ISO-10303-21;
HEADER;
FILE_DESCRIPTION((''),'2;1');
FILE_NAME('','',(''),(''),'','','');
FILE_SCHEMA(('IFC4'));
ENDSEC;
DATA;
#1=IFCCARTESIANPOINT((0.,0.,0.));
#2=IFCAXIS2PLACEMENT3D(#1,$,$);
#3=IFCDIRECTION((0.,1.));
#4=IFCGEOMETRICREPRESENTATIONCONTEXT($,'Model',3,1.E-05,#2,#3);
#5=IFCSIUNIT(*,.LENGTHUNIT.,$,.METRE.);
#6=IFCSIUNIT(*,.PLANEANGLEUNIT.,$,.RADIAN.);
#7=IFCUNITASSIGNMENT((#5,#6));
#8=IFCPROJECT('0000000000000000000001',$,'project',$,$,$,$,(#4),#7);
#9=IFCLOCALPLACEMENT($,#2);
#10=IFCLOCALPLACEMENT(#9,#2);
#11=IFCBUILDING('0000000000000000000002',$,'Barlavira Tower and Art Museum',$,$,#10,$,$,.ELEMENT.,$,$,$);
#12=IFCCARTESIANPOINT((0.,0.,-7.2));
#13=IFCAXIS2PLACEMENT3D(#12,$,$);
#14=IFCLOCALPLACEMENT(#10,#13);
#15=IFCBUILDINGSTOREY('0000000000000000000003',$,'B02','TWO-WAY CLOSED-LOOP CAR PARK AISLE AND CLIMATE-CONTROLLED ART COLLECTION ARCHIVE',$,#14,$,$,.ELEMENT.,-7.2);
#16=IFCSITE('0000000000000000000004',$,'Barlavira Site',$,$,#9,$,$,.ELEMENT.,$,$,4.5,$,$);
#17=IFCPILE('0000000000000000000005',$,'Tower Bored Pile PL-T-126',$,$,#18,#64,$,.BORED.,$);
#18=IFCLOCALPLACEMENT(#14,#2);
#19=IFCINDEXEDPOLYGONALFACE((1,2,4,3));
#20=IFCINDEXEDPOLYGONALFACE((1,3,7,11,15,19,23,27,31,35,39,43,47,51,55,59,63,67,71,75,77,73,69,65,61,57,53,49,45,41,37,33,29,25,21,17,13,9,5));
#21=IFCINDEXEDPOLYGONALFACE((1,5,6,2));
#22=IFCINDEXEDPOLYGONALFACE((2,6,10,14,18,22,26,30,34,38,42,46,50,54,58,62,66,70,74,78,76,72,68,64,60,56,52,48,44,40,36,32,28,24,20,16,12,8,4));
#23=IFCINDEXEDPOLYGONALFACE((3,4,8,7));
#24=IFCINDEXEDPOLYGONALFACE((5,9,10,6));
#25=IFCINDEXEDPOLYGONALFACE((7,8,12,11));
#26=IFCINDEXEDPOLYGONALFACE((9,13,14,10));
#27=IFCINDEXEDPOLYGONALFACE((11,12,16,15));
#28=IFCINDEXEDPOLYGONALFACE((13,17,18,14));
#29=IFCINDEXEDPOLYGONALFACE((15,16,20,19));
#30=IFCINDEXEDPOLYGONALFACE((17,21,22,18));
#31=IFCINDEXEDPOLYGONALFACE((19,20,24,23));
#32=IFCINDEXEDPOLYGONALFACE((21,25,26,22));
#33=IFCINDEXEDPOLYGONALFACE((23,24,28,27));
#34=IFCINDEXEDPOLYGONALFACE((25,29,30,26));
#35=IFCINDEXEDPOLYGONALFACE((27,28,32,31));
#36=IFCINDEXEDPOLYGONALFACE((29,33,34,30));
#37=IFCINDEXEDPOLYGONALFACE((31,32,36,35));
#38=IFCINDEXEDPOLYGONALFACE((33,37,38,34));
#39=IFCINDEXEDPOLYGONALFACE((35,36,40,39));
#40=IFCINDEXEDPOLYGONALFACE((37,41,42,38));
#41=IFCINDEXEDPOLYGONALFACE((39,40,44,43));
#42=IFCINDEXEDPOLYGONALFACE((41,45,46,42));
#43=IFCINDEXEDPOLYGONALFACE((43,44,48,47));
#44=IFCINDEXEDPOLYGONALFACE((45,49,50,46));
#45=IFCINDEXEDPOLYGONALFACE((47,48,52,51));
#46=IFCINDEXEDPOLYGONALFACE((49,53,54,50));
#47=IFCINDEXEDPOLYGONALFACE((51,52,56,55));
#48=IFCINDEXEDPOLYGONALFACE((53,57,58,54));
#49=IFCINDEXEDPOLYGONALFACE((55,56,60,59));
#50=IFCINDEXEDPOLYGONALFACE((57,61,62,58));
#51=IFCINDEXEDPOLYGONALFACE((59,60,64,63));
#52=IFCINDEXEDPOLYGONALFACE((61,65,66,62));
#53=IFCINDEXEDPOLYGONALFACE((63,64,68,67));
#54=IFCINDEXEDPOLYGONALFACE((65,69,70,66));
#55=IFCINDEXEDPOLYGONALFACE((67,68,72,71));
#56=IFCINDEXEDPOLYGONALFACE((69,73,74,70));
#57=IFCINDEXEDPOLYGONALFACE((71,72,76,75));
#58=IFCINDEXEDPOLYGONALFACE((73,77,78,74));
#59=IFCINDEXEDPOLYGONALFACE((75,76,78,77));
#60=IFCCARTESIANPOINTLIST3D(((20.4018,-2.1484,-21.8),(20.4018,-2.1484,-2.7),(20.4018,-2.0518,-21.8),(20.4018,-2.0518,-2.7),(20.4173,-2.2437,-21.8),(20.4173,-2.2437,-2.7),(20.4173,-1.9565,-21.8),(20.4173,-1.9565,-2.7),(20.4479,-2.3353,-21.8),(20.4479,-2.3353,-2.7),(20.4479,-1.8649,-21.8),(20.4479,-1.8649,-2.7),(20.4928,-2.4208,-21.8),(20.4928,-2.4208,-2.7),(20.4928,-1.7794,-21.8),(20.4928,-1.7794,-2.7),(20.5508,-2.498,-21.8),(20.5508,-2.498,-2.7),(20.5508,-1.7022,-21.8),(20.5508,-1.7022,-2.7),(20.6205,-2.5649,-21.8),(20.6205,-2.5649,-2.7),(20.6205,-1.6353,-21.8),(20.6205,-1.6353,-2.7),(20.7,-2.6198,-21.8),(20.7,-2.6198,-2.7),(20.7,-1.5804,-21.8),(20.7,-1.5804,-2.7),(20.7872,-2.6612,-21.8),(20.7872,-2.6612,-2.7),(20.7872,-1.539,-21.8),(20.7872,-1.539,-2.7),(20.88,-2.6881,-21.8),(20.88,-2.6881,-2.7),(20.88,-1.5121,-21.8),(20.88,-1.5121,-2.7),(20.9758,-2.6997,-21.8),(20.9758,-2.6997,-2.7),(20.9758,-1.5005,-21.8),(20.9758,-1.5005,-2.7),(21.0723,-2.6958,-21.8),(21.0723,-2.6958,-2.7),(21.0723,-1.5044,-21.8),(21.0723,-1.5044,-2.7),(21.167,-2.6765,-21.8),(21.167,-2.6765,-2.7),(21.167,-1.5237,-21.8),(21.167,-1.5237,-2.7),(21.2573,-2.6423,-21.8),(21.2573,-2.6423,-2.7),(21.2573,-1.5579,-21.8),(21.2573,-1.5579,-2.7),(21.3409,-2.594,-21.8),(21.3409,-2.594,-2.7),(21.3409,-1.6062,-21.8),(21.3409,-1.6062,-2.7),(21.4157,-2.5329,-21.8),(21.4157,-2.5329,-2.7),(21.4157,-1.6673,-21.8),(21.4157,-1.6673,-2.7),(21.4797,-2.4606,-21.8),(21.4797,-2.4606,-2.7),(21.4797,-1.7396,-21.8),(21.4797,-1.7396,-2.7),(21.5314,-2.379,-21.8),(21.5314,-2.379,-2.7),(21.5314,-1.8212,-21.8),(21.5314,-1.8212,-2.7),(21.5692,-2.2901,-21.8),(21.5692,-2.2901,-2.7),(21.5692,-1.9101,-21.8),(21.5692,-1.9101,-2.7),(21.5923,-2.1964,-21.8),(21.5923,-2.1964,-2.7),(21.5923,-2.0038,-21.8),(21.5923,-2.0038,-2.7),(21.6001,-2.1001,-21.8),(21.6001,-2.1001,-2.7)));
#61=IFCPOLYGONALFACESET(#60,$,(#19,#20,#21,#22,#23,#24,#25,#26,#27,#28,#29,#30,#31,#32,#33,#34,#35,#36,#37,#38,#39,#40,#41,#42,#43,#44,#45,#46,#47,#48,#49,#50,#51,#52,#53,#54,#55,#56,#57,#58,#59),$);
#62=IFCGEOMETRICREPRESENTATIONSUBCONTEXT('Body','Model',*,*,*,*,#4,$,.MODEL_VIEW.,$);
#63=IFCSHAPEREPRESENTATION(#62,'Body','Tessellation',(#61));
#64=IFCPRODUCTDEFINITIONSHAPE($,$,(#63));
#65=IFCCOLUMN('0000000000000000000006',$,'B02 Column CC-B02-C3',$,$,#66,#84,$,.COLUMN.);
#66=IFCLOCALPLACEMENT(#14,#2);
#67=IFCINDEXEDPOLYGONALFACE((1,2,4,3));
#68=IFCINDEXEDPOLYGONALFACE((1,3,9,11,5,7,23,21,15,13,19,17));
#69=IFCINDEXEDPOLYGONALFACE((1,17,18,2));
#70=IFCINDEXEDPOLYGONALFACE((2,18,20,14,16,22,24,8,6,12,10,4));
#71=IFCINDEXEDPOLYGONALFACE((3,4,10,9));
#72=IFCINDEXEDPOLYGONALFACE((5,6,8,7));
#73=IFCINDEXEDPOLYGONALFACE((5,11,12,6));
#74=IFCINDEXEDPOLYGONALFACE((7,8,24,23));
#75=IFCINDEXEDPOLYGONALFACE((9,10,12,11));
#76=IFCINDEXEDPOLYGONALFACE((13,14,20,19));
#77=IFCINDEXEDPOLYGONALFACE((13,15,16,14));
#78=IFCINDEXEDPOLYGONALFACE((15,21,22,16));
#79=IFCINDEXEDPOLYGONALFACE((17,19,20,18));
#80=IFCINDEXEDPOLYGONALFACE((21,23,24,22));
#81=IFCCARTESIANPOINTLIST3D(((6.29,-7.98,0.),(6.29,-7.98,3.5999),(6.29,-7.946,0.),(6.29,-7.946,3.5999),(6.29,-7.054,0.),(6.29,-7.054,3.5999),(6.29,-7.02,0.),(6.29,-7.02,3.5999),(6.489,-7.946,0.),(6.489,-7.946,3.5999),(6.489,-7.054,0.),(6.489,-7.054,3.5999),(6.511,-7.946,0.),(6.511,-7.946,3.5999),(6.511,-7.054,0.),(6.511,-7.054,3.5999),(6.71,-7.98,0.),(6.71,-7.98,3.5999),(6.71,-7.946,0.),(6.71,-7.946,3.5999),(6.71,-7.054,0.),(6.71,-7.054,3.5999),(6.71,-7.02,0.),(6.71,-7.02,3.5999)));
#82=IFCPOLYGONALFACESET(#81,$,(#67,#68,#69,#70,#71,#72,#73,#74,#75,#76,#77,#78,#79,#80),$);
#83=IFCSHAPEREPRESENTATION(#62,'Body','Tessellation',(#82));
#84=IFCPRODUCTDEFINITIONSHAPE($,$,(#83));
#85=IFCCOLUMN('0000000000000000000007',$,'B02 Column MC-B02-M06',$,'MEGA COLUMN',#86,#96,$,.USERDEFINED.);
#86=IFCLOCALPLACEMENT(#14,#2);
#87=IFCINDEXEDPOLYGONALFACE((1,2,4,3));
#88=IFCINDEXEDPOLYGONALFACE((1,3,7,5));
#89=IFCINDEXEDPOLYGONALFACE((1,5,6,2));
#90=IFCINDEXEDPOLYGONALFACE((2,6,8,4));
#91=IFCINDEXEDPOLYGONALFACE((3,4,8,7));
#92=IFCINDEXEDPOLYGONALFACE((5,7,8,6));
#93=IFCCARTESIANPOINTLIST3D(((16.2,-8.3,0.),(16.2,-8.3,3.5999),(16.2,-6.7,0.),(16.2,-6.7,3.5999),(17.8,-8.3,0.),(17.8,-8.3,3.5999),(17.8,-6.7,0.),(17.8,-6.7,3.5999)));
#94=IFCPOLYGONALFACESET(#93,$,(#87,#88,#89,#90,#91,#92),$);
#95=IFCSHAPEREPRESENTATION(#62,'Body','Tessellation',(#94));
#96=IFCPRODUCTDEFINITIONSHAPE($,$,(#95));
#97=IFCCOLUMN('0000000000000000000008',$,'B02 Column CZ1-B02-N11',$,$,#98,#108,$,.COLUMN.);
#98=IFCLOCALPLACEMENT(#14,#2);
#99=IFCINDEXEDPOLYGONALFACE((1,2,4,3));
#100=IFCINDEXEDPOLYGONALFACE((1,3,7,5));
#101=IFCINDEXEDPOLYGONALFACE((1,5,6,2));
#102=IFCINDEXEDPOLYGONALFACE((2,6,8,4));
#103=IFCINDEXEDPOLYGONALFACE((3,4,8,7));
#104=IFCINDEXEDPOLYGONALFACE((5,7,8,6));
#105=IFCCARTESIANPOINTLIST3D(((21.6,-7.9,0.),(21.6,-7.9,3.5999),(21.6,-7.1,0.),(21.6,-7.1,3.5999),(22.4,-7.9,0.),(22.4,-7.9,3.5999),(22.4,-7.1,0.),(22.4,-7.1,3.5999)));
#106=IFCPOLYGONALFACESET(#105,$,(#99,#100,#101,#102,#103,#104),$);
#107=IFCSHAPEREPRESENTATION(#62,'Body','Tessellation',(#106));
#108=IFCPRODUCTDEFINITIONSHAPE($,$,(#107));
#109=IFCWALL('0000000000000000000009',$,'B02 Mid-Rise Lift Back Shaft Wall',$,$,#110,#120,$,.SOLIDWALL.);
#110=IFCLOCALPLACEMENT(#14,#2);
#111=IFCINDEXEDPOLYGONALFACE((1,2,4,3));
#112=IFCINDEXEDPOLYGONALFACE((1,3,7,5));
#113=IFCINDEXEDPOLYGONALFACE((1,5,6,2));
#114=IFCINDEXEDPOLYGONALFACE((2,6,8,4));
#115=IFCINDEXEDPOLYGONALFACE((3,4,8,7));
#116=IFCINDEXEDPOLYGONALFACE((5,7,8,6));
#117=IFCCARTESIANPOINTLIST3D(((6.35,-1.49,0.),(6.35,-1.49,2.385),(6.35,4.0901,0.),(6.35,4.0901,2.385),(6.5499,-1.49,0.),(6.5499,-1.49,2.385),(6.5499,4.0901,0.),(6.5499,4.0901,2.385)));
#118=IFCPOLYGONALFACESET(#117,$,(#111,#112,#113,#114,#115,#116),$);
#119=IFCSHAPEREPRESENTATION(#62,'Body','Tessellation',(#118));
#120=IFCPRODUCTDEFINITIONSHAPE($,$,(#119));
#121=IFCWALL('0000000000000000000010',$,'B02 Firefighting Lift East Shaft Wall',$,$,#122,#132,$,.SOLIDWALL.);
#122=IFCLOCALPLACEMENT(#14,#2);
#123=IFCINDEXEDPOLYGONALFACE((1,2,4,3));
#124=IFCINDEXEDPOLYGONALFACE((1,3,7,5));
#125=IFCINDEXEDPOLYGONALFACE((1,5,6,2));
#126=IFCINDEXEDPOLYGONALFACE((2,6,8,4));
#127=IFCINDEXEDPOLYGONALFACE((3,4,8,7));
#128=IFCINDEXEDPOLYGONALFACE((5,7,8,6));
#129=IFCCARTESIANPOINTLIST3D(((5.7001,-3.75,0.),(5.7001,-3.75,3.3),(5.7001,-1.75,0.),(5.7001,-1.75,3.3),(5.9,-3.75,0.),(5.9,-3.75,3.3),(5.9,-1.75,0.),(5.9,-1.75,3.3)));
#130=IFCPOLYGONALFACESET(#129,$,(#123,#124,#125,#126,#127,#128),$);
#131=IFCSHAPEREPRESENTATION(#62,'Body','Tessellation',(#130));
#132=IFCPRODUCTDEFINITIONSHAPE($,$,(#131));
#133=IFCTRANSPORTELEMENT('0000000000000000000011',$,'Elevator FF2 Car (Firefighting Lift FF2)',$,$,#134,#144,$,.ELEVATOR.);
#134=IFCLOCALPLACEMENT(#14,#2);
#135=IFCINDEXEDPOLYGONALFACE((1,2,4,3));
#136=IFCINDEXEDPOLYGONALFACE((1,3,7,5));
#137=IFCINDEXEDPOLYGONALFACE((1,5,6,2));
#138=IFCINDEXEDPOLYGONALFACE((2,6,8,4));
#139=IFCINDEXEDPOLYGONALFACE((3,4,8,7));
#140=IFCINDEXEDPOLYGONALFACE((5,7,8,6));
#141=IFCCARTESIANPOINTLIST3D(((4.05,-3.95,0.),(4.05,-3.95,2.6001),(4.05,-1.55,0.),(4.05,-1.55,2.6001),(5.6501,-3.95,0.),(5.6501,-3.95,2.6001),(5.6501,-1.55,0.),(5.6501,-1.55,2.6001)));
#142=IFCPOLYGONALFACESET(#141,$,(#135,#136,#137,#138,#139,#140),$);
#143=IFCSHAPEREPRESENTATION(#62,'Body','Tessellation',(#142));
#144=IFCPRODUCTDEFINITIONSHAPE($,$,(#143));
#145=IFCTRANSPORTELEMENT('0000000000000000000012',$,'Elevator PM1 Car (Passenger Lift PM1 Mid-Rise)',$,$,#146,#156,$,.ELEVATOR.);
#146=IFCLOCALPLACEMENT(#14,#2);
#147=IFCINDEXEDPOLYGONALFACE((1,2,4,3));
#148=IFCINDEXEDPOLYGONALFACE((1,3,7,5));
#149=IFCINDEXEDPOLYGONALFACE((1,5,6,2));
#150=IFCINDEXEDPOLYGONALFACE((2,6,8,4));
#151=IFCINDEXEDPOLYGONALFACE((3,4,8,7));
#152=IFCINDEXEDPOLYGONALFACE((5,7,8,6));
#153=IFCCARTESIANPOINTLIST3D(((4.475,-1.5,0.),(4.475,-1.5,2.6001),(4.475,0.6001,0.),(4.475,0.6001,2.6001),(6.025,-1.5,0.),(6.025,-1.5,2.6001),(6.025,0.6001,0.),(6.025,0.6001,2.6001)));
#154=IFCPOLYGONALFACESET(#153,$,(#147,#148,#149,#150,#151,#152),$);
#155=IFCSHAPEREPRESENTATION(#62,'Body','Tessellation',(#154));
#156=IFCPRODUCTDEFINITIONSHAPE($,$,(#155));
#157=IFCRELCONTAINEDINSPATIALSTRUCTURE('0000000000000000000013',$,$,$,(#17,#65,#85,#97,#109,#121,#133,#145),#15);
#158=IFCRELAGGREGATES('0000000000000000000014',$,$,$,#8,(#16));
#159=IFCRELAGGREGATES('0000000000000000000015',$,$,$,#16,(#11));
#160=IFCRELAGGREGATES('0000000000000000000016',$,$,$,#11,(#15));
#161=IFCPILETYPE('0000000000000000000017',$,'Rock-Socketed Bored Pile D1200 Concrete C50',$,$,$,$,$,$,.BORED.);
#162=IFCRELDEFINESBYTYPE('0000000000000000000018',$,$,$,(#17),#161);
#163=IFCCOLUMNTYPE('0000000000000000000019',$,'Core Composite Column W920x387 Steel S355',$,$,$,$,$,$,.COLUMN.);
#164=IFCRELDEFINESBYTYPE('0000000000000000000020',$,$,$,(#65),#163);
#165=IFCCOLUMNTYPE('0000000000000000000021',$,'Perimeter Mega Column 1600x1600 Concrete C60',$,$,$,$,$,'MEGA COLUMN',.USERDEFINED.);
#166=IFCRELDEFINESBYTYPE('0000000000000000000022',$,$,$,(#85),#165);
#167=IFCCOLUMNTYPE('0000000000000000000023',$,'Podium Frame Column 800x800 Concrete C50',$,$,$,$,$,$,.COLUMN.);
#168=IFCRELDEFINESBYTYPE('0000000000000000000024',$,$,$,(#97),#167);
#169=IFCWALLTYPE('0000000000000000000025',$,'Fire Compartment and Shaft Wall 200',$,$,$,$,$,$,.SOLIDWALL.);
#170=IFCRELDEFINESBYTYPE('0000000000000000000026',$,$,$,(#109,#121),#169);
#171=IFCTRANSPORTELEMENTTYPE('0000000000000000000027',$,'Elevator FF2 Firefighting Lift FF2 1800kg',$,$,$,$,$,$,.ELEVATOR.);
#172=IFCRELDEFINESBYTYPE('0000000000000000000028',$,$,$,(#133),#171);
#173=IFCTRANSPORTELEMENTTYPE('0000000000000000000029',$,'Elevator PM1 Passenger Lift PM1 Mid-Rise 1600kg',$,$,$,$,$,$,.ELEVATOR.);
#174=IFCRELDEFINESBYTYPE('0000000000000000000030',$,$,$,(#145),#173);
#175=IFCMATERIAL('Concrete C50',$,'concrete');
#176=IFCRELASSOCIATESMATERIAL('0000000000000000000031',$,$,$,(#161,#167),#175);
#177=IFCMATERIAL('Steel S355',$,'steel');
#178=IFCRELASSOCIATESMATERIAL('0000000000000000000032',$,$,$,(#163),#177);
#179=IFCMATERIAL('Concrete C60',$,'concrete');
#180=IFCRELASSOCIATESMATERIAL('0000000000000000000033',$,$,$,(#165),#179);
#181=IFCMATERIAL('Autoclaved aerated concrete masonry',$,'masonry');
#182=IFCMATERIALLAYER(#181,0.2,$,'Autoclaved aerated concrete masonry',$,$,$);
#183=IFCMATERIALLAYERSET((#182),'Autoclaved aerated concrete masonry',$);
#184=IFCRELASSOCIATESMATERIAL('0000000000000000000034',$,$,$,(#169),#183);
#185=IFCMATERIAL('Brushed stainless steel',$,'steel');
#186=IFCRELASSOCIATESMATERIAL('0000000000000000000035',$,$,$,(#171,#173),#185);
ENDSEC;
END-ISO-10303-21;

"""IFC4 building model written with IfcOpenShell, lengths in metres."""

from ifc_helpers import new_model, si_unit, direction, frame, frame_2d, origin, origin_2d, place, context, subcontext, project, spatial, rectangle, circle, i_section, extrude, material, layer, layer_set, material_profile, profile_set, type_object, element, save


model = new_model("IFC4")

# Units and contexts
model_context = context("Model", 3, precision=1e-05, world=origin(), true_north=direction((0.0, 1.0)))
body_context = subcontext(model_context, "Body", "Model", "MODEL_VIEW")
ifc_project = project(units=[si_unit("LENGTHUNIT", "METRE"), si_unit("PLANEANGLEUNIT", "RADIAN")], contexts=[model_context])

# Site, building, storey
site_placement = place(None, origin())
site = spatial("IfcSite", under=ifc_project, at=site_placement, Name="Barlavira Site", CompositionType="ELEMENT", RefElevation=4.5)
building_placement = place(site_placement, origin())
building = spatial("IfcBuilding", under=site, at=building_placement, Name="Barlavira Tower and Art Museum", CompositionType="ELEMENT")
storey_placement = place(building_placement, frame((0.0, 0.0, -7.2)))
storey = spatial("IfcBuildingStorey", under=building, at=storey_placement, Name="B02", Description="TWO-WAY CLOSED-LOOP CAR PARK AISLE AND CLIMATE-CONTROLLED ART COLLECTION ARCHIVE", CompositionType="ELEMENT", Elevation=-7.2)

# Pile
ifc_material_1 = material(Name="Concrete C50", Category="concrete")
ifc_material_profile_1 = material_profile(ifc_material_1, circle(Radius=0.6001, at=origin_2d()), Name="BORED PILE D1200")
ifc_profile_set_1 = profile_set([ifc_material_profile_1], Name="Concrete C50")
pile_type = type_object("IfcPileType", Name="Rock-Socketed Bored Pile D1200 Concrete C50", PredefinedType="BORED", material=ifc_profile_set_1)
for number, where, z_axis, x_axis, name in (
    (1, (21.0, -2.1001, -2.7), (0.0, 0.0, -1.0), (1.0, 0.0, 0.0), "Tower Bored Pile PL-T-126"),
):
    element("IfcPile", number, at=place(storey_placement, frame(where, z_axis=z_axis, x_axis=x_axis)), inside=storey, type_object=pile_type, Name=name, PredefinedType="BORED", context=body_context, shape_type="SweptSolid", body=[
        extrude(circle(Radius=0.6001, at=origin_2d()), origin(), (0.0, 0.0, 1.0), 19.1001),
    ])

# Columns
ifc_material_2 = material(Name="Steel S355", Category="steel")
ifc_material_profile_2 = material_profile(ifc_material_2, i_section(OverallWidth=0.4199, OverallDepth=0.96, WebThickness=0.022, FlangeThickness=0.0339, at=origin_2d()), Name="W920x387.0")
ifc_profile_set_2 = profile_set([ifc_material_profile_2], Name="Steel S355")
column_type_1 = type_object("IfcColumnType", Name="Core Composite Column W920x387 Steel S355", PredefinedType="COLUMN", material=ifc_profile_set_2)
column_1_placement = place(storey_placement, frame((6.5, -7.5, 0.0), z_axis=(0.0, 0.0, 1.0), x_axis=(1.0, 0.0, 0.0)))
element("IfcColumn", 2, at=column_1_placement, inside=storey, type_object=column_type_1, Name="B02 Column CC-B02-C3", PredefinedType="COLUMN", context=body_context, shape_type="SweptSolid", body=[
    extrude(i_section(OverallWidth=0.4199, OverallDepth=0.96, WebThickness=0.022, FlangeThickness=0.0339, at=origin_2d()), origin(), (0.0, 0.0, 1.0), 3.5999),
])
ifc_material_3 = material(Name="Concrete C60", Category="concrete")
ifc_material_profile_3 = material_profile(ifc_material_3, rectangle(XDim=1.6001, YDim=1.6001, at=origin_2d()), Name="RC-MCOL 1600x1600")
ifc_profile_set_3 = profile_set([ifc_material_profile_3], Name="Concrete C60")
column_type_2 = type_object("IfcColumnType", Name="Perimeter Mega Column 1600x1600 Concrete C60", ElementType="MEGA COLUMN", PredefinedType="USERDEFINED", material=ifc_profile_set_3)
column_2_placement = place(storey_placement, frame((17.0, -7.5, 0.0), z_axis=(0.0, 0.0, 1.0), x_axis=(1.0, 0.0, 0.0)))
element("IfcColumn", 3, at=column_2_placement, inside=storey, type_object=column_type_2, Name="B02 Column MC-B02-M06", ObjectType="MEGA COLUMN", PredefinedType="USERDEFINED", context=body_context, shape_type="SweptSolid", body=[
    extrude(rectangle(XDim=1.6001, YDim=1.6001, at=origin_2d()), origin(), (0.0, 0.0, 1.0), 3.5999),
])
ifc_material_profile_4 = material_profile(ifc_material_1, rectangle(XDim=0.8, YDim=0.8, at=origin_2d()), Name="RC-COL 800x800")
ifc_profile_set_4 = profile_set([ifc_material_profile_4], Name="Concrete C50")
column_type_3 = type_object("IfcColumnType", Name="Podium Frame Column 800x800 Concrete C50", PredefinedType="COLUMN", material=ifc_profile_set_4)
column_3_placement = place(storey_placement, frame((22.0, -7.5, 0.0), z_axis=(0.0, 0.0, 1.0), x_axis=(1.0, 0.0, 0.0)))
element("IfcColumn", 4, at=column_3_placement, inside=storey, type_object=column_type_3, Name="B02 Column CZ1-B02-N11", PredefinedType="COLUMN", context=body_context, shape_type="SweptSolid", body=[
    extrude(rectangle(XDim=0.8, YDim=0.8, at=origin_2d()), origin(), (0.0, 0.0, 1.0), 3.5999),
])

# Shared definitions
ifc_material_4 = material(Name="Brushed stainless steel", Category="steel")

# Walls
ifc_material_5 = material(Name="Autoclaved aerated concrete masonry", Category="masonry")
ifc_layer_1 = layer(ifc_material_5, 0.2, Name="Autoclaved aerated concrete masonry")
ifc_layer_set_1 = layer_set([ifc_layer_1], Name="Autoclaved aerated concrete masonry")
wall_type_1 = type_object("IfcWallType", Name="Fire Compartment and Shaft Wall 200", PredefinedType="SOLIDWALL", material=ifc_layer_set_1)
wall_1_placement = place(storey_placement, frame((6.45, -1.49, 0.0), z_axis=(0.0, 0.0, 1.0), x_axis=(0.0, 1.0, 0.0)))
element("IfcWall", 5, at=wall_1_placement, inside=storey, type_object=wall_type_1, Name="B02 Mid-Rise Lift Back Shaft Wall", PredefinedType="SOLIDWALL", context=body_context, shape_type="SweptSolid", body=[
    extrude(rectangle(XDim=5.5801, YDim=0.2, at=frame_2d((2.79, 0.0))), origin(), (0.0, 0.0, 1.0), 2.385),
])
wall_2_placement = place(storey_placement, frame((5.8, -3.75, 0.0), z_axis=(0.0, 0.0, 1.0), x_axis=(0.0, 1.0, 0.0)))
element("IfcWall", 6, at=wall_2_placement, inside=storey, type_object=wall_type_1, Name="B02 Firefighting Lift East Shaft Wall", PredefinedType="SOLIDWALL", context=body_context, shape_type="SweptSolid", body=[
    extrude(rectangle(XDim=2.0, YDim=0.2, at=frame_2d((1.0, 0.0))), origin(), (0.0, 0.0, 1.0), 3.3),
])

# Transport elements
transport_element_type_1 = type_object("IfcTransportElementType", Name="Elevator FF2 Firefighting Lift FF2 1800kg", PredefinedType="ELEVATOR", material=ifc_material_4)
transport_element_1_placement = place(storey_placement, frame((4.8501, -2.75, 0.0), z_axis=(0.0, 0.0, 1.0), x_axis=(1.0, 0.0, 0.0)))
element("IfcTransportElement", 7, at=transport_element_1_placement, inside=storey, type_object=transport_element_type_1, Name="Elevator FF2 Car (Firefighting Lift FF2)", PredefinedType="ELEVATOR", context=body_context, shape_type="SweptSolid", body=[
    extrude(rectangle(XDim=1.6001, YDim=2.3999, at=origin_2d()), origin(), (0.0, 0.0, 1.0), 2.6001),
])
transport_element_type_2 = type_object("IfcTransportElementType", Name="Elevator PM1 Passenger Lift PM1 Mid-Rise 1600kg", PredefinedType="ELEVATOR", material=ifc_material_4)
transport_element_2_placement = place(storey_placement, frame((5.25, -0.45, 0.0), z_axis=(0.0, 0.0, 1.0), x_axis=(1.0, 0.0, 0.0)))
element("IfcTransportElement", 8, at=transport_element_2_placement, inside=storey, type_object=transport_element_type_2, Name="Elevator PM1 Car (Passenger Lift PM1 Mid-Rise)", PredefinedType="ELEVATOR", context=body_context, shape_type="SweptSolid", body=[
    extrude(rectangle(XDim=1.55, YDim=2.1001, at=origin_2d()), origin(), (0.0, 0.0, 1.0), 2.6001),
])

save(model, "model.ifc")
